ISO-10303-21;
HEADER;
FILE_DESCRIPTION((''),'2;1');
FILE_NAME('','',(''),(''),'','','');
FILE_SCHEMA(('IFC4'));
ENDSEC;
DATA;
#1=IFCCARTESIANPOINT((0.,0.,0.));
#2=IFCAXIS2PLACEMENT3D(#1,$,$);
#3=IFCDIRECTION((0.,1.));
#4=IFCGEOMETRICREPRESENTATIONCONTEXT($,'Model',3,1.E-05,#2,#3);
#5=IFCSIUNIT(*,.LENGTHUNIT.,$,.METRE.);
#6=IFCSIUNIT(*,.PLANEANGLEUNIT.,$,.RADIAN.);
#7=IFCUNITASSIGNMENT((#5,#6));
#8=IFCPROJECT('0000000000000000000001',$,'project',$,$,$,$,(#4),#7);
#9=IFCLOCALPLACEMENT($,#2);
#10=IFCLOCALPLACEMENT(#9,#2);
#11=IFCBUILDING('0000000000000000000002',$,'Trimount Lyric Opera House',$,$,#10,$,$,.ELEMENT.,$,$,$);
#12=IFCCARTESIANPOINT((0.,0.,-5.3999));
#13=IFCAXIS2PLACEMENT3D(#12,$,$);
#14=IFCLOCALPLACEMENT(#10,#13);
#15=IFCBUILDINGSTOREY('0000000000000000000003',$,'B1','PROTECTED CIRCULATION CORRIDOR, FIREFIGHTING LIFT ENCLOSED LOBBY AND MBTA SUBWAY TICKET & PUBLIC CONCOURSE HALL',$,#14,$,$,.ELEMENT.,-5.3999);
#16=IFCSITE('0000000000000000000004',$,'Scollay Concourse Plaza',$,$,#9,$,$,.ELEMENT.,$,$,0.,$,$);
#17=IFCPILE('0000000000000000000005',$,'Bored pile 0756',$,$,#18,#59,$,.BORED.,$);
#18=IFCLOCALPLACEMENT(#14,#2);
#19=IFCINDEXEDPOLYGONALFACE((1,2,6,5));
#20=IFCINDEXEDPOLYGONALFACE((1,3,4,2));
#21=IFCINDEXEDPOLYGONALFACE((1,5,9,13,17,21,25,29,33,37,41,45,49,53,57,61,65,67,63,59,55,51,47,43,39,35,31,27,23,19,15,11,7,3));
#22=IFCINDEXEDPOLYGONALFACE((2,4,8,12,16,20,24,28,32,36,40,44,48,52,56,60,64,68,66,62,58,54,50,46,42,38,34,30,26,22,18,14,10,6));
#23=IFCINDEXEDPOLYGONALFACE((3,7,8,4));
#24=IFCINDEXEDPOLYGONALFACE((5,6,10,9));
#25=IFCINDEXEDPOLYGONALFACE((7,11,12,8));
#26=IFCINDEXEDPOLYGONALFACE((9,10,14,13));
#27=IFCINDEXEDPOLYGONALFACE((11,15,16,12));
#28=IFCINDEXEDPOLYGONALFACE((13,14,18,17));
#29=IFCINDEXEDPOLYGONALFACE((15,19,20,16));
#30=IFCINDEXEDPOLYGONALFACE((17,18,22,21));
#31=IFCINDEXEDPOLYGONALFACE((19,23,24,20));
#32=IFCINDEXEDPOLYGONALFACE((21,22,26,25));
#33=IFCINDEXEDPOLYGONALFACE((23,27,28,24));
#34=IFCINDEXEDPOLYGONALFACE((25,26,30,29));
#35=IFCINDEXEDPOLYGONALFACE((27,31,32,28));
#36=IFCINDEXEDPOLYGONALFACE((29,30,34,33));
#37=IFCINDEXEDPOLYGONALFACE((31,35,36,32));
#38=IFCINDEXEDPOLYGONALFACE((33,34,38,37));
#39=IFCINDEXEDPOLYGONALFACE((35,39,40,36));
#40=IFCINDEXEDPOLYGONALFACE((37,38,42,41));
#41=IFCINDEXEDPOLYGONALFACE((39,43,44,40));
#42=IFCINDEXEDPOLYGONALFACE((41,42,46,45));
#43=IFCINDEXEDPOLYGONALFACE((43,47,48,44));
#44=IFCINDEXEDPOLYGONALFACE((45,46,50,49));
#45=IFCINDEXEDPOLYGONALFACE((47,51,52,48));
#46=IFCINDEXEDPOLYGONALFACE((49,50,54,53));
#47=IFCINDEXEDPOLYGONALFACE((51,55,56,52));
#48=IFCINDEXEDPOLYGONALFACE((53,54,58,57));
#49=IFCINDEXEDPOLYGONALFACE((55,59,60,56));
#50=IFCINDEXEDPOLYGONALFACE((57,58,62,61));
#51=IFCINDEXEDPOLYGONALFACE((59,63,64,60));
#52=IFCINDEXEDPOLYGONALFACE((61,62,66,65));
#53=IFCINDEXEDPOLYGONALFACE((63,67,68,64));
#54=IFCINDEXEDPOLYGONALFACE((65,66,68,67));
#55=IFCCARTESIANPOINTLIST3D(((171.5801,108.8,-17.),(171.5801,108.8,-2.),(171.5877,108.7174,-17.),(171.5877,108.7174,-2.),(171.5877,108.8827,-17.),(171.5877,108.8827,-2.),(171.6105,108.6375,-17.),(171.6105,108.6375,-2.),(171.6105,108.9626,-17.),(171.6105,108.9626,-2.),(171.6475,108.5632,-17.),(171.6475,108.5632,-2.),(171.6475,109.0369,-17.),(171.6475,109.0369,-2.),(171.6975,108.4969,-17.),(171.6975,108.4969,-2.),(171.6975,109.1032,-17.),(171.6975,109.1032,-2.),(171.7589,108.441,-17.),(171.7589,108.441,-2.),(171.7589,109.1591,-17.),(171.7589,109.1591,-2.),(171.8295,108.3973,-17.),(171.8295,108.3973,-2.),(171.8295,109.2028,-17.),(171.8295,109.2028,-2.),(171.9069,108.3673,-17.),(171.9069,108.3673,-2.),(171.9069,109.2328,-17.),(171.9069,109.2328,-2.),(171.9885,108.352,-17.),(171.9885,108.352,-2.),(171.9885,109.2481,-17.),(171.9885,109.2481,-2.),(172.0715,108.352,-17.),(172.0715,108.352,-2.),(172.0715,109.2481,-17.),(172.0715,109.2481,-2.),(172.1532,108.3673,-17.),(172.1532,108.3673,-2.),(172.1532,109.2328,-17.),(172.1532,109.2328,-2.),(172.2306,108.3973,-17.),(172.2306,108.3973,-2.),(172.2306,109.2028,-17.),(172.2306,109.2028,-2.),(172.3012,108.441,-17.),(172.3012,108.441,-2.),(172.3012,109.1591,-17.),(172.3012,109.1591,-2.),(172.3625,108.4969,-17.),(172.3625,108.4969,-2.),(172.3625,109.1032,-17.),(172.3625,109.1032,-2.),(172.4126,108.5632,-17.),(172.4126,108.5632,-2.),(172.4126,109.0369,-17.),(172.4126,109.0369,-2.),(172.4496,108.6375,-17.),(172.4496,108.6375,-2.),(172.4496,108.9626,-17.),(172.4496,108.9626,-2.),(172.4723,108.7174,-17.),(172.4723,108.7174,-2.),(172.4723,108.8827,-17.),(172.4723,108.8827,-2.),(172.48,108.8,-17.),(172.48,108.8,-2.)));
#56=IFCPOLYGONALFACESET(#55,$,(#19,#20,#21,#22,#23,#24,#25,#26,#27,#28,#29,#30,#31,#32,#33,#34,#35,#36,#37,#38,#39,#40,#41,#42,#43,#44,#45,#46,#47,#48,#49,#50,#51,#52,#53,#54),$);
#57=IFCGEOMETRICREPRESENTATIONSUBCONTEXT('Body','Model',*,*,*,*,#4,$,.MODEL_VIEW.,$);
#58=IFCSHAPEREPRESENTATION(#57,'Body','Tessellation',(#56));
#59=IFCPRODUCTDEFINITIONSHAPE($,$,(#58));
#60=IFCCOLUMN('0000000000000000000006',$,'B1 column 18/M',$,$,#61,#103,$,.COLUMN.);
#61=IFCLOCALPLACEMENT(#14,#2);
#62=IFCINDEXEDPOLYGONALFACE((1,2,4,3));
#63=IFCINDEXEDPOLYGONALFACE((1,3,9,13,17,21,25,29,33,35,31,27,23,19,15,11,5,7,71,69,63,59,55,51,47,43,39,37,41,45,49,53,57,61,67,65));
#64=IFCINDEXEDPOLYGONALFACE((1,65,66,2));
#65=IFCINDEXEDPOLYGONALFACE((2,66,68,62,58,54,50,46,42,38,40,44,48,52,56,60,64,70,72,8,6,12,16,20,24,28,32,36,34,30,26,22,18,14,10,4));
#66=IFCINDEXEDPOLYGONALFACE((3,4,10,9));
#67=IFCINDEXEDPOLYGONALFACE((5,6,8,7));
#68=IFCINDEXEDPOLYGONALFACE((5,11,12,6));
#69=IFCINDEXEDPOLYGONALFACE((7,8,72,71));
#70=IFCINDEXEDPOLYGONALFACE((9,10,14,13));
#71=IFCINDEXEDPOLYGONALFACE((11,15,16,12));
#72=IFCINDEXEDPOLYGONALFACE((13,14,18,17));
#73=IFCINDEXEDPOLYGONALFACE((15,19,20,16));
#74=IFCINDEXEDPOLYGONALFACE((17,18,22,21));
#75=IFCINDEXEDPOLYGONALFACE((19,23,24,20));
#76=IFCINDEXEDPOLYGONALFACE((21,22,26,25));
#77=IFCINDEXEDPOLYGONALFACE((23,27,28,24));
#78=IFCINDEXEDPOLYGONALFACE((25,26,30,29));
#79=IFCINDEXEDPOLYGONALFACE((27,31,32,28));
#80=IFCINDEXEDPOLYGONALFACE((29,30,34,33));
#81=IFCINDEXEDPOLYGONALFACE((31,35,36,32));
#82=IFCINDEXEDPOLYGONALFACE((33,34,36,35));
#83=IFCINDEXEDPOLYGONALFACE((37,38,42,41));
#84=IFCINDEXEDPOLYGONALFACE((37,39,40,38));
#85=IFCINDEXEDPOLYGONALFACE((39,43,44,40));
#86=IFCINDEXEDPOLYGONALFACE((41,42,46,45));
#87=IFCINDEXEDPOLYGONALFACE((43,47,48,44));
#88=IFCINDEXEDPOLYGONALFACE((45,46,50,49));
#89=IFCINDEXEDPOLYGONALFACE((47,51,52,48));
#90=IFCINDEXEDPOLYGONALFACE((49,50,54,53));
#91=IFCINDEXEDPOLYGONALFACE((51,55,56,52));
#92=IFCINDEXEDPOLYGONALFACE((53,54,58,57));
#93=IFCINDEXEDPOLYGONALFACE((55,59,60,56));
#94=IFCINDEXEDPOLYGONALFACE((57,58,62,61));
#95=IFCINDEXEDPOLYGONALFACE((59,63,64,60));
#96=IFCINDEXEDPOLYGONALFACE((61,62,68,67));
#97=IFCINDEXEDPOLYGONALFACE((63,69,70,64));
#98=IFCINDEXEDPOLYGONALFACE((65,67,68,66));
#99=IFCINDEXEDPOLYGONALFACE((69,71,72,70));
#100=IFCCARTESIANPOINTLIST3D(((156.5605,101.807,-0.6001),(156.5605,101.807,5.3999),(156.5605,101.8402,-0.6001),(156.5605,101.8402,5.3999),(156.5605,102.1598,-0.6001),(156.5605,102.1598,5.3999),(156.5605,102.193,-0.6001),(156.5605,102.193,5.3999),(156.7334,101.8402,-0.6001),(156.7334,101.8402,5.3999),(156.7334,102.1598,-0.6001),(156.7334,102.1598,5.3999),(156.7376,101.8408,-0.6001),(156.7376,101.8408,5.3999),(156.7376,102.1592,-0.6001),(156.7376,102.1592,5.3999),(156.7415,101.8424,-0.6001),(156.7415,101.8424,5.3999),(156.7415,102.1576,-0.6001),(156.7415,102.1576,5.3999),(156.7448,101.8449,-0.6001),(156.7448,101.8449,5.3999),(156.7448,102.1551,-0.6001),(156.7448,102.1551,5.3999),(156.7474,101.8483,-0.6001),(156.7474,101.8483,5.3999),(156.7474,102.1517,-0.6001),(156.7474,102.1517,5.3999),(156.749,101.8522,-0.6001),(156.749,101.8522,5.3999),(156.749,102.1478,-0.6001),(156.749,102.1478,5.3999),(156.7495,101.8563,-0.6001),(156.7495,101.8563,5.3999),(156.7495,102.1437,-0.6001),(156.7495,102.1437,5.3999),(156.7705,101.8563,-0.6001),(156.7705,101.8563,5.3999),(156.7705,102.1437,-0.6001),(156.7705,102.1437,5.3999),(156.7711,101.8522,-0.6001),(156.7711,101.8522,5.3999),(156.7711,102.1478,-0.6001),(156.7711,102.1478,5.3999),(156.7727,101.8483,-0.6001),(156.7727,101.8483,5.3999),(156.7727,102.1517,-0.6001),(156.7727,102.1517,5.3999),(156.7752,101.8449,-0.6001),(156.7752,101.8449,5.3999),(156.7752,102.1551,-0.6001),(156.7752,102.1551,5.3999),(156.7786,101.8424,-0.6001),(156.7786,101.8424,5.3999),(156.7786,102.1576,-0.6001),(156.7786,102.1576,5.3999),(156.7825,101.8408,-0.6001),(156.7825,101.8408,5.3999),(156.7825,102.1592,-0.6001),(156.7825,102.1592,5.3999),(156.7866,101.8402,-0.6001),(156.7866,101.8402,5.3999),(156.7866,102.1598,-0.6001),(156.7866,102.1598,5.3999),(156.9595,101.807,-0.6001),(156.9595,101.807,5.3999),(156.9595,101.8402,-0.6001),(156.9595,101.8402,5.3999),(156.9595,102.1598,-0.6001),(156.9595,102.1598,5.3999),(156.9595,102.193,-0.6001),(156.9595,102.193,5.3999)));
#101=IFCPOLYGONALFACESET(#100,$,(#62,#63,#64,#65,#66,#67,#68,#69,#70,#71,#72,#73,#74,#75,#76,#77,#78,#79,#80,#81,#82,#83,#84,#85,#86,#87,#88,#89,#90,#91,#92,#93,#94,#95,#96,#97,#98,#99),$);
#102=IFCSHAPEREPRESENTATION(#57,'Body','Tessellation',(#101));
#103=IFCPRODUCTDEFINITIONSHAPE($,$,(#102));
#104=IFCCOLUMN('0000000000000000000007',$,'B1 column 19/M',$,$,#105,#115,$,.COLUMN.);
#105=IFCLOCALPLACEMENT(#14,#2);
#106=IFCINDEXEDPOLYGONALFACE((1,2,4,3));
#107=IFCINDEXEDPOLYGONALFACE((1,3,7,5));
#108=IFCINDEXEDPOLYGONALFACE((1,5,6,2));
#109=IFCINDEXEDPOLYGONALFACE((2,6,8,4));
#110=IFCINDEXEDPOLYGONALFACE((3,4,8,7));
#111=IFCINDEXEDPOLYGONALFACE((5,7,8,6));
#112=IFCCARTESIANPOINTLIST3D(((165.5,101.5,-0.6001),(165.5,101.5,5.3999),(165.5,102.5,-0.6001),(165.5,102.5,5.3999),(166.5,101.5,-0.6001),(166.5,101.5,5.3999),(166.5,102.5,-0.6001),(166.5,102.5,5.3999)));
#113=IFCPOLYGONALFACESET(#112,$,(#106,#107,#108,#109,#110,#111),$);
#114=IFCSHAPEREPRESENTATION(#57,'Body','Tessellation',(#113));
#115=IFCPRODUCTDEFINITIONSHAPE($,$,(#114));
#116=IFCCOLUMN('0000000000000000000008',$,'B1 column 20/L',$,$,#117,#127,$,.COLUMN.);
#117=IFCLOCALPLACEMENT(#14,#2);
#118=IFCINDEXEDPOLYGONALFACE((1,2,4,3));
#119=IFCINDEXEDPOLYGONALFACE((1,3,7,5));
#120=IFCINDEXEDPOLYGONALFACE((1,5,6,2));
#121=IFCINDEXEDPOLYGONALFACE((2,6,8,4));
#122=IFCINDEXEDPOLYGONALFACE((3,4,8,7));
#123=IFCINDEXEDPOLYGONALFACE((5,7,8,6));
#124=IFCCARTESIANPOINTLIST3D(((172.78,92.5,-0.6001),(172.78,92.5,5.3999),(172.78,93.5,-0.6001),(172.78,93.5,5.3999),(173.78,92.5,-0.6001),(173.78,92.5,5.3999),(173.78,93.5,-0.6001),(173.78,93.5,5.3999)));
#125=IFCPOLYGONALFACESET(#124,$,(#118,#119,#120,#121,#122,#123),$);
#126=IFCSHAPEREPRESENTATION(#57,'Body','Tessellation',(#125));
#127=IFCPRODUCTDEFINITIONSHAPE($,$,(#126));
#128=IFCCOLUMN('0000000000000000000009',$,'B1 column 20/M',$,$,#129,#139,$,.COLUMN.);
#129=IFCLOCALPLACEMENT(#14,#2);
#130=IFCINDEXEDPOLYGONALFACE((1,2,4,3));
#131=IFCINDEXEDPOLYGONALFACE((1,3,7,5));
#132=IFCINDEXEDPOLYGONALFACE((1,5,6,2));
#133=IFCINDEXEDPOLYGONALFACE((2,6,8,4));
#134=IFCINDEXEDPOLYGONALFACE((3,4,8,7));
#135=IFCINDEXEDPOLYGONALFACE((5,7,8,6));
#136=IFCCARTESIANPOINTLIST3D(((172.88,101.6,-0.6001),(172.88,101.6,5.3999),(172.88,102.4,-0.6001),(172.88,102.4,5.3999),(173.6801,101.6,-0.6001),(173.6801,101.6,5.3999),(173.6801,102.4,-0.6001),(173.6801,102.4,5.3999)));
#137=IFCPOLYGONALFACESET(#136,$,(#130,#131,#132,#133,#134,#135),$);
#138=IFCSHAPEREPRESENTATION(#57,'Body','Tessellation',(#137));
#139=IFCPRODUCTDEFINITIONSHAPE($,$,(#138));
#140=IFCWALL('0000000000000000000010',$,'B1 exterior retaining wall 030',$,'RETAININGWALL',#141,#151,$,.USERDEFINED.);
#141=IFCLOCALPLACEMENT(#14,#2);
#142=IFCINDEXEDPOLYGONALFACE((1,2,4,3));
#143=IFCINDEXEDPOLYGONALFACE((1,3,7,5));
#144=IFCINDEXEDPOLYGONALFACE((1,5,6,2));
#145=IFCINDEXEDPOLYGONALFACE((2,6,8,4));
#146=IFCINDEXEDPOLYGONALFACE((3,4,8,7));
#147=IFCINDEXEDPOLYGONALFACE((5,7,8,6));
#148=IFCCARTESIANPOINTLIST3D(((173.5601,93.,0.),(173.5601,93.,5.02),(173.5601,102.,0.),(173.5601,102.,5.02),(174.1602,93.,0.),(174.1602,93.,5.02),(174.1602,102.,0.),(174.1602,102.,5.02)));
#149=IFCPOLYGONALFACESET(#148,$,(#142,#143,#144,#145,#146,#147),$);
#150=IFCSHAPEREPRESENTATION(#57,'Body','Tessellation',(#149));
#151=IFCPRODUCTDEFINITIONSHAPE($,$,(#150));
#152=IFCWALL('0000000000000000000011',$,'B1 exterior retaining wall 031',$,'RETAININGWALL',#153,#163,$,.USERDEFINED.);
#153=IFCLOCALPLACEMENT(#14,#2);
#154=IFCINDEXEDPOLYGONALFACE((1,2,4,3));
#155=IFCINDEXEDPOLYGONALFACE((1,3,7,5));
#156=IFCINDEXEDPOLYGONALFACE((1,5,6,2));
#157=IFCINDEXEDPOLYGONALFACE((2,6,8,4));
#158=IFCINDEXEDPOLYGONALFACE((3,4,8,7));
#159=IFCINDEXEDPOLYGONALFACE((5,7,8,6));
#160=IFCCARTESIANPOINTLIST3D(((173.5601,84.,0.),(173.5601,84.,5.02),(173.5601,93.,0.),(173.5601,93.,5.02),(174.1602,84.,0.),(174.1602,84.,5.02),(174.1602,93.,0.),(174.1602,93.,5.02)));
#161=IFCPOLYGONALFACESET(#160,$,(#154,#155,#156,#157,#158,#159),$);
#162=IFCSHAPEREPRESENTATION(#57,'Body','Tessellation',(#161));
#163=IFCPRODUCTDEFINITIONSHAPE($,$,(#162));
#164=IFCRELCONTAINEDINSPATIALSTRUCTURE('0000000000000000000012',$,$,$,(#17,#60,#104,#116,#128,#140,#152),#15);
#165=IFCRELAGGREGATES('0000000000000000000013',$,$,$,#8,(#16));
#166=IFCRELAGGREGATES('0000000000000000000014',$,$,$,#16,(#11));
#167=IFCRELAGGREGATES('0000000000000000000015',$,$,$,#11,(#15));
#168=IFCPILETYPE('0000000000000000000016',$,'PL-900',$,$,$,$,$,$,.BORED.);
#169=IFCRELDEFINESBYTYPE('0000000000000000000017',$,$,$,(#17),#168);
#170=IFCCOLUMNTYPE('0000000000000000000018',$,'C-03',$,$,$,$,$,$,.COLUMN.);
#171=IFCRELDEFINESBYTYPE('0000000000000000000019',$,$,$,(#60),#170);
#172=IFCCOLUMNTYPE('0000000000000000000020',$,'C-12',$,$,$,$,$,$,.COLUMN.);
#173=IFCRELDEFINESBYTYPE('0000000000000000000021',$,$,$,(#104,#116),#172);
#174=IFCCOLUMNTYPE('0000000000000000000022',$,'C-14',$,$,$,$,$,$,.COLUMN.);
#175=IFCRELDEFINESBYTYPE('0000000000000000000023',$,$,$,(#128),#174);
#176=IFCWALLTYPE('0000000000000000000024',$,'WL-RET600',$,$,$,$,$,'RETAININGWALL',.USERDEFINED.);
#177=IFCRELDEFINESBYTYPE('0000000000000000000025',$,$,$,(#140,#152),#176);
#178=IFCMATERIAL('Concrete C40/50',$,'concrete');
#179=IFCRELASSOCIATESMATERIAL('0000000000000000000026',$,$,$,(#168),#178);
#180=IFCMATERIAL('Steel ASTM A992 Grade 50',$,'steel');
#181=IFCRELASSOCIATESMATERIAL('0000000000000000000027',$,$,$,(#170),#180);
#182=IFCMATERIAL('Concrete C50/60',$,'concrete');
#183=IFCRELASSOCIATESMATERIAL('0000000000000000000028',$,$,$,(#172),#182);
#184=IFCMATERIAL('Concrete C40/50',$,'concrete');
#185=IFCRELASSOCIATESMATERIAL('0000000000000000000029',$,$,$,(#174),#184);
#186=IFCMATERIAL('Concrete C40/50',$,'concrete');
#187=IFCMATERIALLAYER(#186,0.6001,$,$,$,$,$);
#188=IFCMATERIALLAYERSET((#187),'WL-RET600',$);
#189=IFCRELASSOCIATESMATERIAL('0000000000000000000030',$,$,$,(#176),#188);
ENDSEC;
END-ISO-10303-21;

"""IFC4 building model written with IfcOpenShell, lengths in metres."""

from ifc_helpers import new_model, si_unit, direction, frame, frame_2d, origin, origin_2d, place, context, subcontext, project, spatial, rectangle, circle, i_section, extrude, material, layer, layer_set, material_profile, profile_set, type_object, element, save


model = new_model("IFC4")

# Units and contexts
model_context = context("Model", 3, precision=1e-05, world=origin(), true_north=direction((0.0, 1.0)))
body_context = subcontext(model_context, "Body", "Model", "MODEL_VIEW")
ifc_project = project(units=[si_unit("LENGTHUNIT", "METRE"), si_unit("PLANEANGLEUNIT", "RADIAN")], contexts=[model_context])

# Site, building, storey
site_placement = place(None, origin())
site = spatial("IfcSite", under=ifc_project, at=site_placement, Name="Scollay Concourse Plaza", CompositionType="ELEMENT", RefElevation=0.0)
building_placement = place(site_placement, origin())
building = spatial("IfcBuilding", under=site, at=building_placement, Name="Trimount Lyric Opera House", CompositionType="ELEMENT")
storey_placement = place(building_placement, frame((0.0, 0.0, -5.3999)))
storey = spatial("IfcBuildingStorey", under=building, at=storey_placement, Name="B1", Description="PROTECTED CIRCULATION CORRIDOR, FIREFIGHTING LIFT ENCLOSED LOBBY AND MBTA SUBWAY TICKET & PUBLIC CONCOURSE HALL", CompositionType="ELEMENT", Elevation=-5.3999)

# Pile
ifc_material_1 = material(Name="Concrete C40/50", Category="concrete")
ifc_material_profile_1 = material_profile(ifc_material_1, circle(Radius=0.45, at=origin_2d()), Name="PILE-D900")
ifc_profile_set_1 = profile_set([ifc_material_profile_1], Name="Concrete C40/50")
pile_type_1 = type_object("IfcPileType", Name="PL-900", PredefinedType="BORED", material=ifc_profile_set_1)
for number, where, z_axis, x_axis, name in (
    (1, (172.03, 108.8, -2.0), (0.0, 0.0, -1.0), (1.0, 0.0, 0.0), "Bored pile 0756"),
):
    element("IfcPile", number, at=place(storey_placement, frame(where, z_axis=z_axis, x_axis=x_axis)), inside=storey, type_object=pile_type_1, Name=name, PredefinedType="BORED", context=body_context, shape_type="SweptSolid", body=[
        extrude(circle(Radius=0.45, at=origin_2d()), origin(), (0.0, 0.0, 1.0), 15.0),
    ])

# Columns
ifc_material_2 = material(Name="Steel ASTM A992 Grade 50", Category="steel")
ifc_material_profile_2 = material_profile(ifc_material_2, i_section(OverallWidth=0.3989, OverallDepth=0.386, WebThickness=0.021, FlangeThickness=0.0332, FilletRadius=0.0161, at=origin_2d()), Name="W14X176")
ifc_profile_set_2 = profile_set([ifc_material_profile_2], Name="Steel ASTM A992 Grade 50")
column_type_1 = type_object("IfcColumnType", Name="C-03", PredefinedType="COLUMN", material=ifc_profile_set_2)
column_1_placement = place(storey_placement, frame((156.76, 102.0, -0.6001), z_axis=(0.0, 0.0, 1.0), x_axis=(1.0, 0.0, 0.0)))
element("IfcColumn", 2, at=column_1_placement, inside=storey, type_object=column_type_1, Name="B1 column 18/M", PredefinedType="COLUMN", context=body_context, shape_type="SweptSolid", body=[
    extrude(i_section(OverallWidth=0.3989, OverallDepth=0.386, WebThickness=0.021, FlangeThickness=0.0332, FilletRadius=0.0161, at=origin_2d()), origin(), (0.0, 0.0, 1.0), 6.0),
])
ifc_material_3 = material(Name="Concrete C50/60", Category="concrete")
ifc_material_profile_3 = material_profile(ifc_material_3, rectangle(XDim=1.0, YDim=1.0, at=origin_2d()), Name="RC1000X1000")
ifc_profile_set_3 = profile_set([ifc_material_profile_3], Name="Concrete C50/60")
column_type_2 = type_object("IfcColumnType", Name="C-12", PredefinedType="COLUMN", material=ifc_profile_set_3)
for number, where, z_axis, x_axis, name in (
    (3, (166.0, 102.0, -0.6001), (0.0, 0.0, 1.0), (1.0, 0.0, 0.0), "B1 column 19/M"),
    (4, (173.28, 93.0, -0.6001), (0.0, 0.0, 1.0), (1.0, 0.0, 0.0), "B1 column 20/L"),
):
    element("IfcColumn", number, at=place(storey_placement, frame(where, z_axis=z_axis, x_axis=x_axis)), inside=storey, type_object=column_type_2, Name=name, PredefinedType="COLUMN", context=body_context, shape_type="SweptSolid", body=[
        extrude(rectangle(XDim=1.0, YDim=1.0, at=origin_2d()), origin(), (0.0, 0.0, 1.0), 6.0),
    ])
ifc_material_4 = material(Name="Concrete C40/50", Category="concrete")
ifc_material_profile_4 = material_profile(ifc_material_4, rectangle(XDim=0.8, YDim=0.8, at=origin_2d()), Name="RC800X800")
ifc_profile_set_4 = profile_set([ifc_material_profile_4], Name="Concrete C40/50")
column_type_3 = type_object("IfcColumnType", Name="C-14", PredefinedType="COLUMN", material=ifc_profile_set_4)
column_2_placement = place(storey_placement, frame((173.28, 102.0, -0.6001), z_axis=(0.0, 0.0, 1.0), x_axis=(1.0, 0.0, 0.0)))
element("IfcColumn", 5, at=column_2_placement, inside=storey, type_object=column_type_3, Name="B1 column 20/M", PredefinedType="COLUMN", context=body_context, shape_type="SweptSolid", body=[
    extrude(rectangle(XDim=0.8, YDim=0.8, at=origin_2d()), origin(), (0.0, 0.0, 1.0), 6.0),
])

# Walls
ifc_material_5 = material(Name="Concrete C40/50", Category="concrete")
ifc_layer = layer(ifc_material_5, 0.6001)
ifc_layer_set = layer_set([ifc_layer], Name="WL-RET600")
wall_type = type_object("IfcWallType", Name="WL-RET600", ElementType="RETAININGWALL", PredefinedType="USERDEFINED", material=ifc_layer_set)
for number, where, z_axis, x_axis, name in (
    (6, (173.8601, 102.0, 0.0), (0.0, 0.0, 1.0), (0.0, -1.0, 0.0), "B1 exterior retaining wall 030"),
    (7, (173.8601, 93.0, 0.0), (0.0, 0.0, 1.0), (0.0, -1.0, 0.0), "B1 exterior retaining wall 031"),
):
    element("IfcWall", number, at=place(storey_placement, frame(where, z_axis=z_axis, x_axis=x_axis)), inside=storey, type_object=wall_type, Name=name, ObjectType="RETAININGWALL", PredefinedType="USERDEFINED", context=body_context, shape_type="SweptSolid", body=[
        extrude(rectangle(XDim=9.0, YDim=0.6001, at=frame_2d((4.5, 0.0))), origin(), (0.0, 0.0, 1.0), 5.02),
    ])

save(model, "model.ifc")
